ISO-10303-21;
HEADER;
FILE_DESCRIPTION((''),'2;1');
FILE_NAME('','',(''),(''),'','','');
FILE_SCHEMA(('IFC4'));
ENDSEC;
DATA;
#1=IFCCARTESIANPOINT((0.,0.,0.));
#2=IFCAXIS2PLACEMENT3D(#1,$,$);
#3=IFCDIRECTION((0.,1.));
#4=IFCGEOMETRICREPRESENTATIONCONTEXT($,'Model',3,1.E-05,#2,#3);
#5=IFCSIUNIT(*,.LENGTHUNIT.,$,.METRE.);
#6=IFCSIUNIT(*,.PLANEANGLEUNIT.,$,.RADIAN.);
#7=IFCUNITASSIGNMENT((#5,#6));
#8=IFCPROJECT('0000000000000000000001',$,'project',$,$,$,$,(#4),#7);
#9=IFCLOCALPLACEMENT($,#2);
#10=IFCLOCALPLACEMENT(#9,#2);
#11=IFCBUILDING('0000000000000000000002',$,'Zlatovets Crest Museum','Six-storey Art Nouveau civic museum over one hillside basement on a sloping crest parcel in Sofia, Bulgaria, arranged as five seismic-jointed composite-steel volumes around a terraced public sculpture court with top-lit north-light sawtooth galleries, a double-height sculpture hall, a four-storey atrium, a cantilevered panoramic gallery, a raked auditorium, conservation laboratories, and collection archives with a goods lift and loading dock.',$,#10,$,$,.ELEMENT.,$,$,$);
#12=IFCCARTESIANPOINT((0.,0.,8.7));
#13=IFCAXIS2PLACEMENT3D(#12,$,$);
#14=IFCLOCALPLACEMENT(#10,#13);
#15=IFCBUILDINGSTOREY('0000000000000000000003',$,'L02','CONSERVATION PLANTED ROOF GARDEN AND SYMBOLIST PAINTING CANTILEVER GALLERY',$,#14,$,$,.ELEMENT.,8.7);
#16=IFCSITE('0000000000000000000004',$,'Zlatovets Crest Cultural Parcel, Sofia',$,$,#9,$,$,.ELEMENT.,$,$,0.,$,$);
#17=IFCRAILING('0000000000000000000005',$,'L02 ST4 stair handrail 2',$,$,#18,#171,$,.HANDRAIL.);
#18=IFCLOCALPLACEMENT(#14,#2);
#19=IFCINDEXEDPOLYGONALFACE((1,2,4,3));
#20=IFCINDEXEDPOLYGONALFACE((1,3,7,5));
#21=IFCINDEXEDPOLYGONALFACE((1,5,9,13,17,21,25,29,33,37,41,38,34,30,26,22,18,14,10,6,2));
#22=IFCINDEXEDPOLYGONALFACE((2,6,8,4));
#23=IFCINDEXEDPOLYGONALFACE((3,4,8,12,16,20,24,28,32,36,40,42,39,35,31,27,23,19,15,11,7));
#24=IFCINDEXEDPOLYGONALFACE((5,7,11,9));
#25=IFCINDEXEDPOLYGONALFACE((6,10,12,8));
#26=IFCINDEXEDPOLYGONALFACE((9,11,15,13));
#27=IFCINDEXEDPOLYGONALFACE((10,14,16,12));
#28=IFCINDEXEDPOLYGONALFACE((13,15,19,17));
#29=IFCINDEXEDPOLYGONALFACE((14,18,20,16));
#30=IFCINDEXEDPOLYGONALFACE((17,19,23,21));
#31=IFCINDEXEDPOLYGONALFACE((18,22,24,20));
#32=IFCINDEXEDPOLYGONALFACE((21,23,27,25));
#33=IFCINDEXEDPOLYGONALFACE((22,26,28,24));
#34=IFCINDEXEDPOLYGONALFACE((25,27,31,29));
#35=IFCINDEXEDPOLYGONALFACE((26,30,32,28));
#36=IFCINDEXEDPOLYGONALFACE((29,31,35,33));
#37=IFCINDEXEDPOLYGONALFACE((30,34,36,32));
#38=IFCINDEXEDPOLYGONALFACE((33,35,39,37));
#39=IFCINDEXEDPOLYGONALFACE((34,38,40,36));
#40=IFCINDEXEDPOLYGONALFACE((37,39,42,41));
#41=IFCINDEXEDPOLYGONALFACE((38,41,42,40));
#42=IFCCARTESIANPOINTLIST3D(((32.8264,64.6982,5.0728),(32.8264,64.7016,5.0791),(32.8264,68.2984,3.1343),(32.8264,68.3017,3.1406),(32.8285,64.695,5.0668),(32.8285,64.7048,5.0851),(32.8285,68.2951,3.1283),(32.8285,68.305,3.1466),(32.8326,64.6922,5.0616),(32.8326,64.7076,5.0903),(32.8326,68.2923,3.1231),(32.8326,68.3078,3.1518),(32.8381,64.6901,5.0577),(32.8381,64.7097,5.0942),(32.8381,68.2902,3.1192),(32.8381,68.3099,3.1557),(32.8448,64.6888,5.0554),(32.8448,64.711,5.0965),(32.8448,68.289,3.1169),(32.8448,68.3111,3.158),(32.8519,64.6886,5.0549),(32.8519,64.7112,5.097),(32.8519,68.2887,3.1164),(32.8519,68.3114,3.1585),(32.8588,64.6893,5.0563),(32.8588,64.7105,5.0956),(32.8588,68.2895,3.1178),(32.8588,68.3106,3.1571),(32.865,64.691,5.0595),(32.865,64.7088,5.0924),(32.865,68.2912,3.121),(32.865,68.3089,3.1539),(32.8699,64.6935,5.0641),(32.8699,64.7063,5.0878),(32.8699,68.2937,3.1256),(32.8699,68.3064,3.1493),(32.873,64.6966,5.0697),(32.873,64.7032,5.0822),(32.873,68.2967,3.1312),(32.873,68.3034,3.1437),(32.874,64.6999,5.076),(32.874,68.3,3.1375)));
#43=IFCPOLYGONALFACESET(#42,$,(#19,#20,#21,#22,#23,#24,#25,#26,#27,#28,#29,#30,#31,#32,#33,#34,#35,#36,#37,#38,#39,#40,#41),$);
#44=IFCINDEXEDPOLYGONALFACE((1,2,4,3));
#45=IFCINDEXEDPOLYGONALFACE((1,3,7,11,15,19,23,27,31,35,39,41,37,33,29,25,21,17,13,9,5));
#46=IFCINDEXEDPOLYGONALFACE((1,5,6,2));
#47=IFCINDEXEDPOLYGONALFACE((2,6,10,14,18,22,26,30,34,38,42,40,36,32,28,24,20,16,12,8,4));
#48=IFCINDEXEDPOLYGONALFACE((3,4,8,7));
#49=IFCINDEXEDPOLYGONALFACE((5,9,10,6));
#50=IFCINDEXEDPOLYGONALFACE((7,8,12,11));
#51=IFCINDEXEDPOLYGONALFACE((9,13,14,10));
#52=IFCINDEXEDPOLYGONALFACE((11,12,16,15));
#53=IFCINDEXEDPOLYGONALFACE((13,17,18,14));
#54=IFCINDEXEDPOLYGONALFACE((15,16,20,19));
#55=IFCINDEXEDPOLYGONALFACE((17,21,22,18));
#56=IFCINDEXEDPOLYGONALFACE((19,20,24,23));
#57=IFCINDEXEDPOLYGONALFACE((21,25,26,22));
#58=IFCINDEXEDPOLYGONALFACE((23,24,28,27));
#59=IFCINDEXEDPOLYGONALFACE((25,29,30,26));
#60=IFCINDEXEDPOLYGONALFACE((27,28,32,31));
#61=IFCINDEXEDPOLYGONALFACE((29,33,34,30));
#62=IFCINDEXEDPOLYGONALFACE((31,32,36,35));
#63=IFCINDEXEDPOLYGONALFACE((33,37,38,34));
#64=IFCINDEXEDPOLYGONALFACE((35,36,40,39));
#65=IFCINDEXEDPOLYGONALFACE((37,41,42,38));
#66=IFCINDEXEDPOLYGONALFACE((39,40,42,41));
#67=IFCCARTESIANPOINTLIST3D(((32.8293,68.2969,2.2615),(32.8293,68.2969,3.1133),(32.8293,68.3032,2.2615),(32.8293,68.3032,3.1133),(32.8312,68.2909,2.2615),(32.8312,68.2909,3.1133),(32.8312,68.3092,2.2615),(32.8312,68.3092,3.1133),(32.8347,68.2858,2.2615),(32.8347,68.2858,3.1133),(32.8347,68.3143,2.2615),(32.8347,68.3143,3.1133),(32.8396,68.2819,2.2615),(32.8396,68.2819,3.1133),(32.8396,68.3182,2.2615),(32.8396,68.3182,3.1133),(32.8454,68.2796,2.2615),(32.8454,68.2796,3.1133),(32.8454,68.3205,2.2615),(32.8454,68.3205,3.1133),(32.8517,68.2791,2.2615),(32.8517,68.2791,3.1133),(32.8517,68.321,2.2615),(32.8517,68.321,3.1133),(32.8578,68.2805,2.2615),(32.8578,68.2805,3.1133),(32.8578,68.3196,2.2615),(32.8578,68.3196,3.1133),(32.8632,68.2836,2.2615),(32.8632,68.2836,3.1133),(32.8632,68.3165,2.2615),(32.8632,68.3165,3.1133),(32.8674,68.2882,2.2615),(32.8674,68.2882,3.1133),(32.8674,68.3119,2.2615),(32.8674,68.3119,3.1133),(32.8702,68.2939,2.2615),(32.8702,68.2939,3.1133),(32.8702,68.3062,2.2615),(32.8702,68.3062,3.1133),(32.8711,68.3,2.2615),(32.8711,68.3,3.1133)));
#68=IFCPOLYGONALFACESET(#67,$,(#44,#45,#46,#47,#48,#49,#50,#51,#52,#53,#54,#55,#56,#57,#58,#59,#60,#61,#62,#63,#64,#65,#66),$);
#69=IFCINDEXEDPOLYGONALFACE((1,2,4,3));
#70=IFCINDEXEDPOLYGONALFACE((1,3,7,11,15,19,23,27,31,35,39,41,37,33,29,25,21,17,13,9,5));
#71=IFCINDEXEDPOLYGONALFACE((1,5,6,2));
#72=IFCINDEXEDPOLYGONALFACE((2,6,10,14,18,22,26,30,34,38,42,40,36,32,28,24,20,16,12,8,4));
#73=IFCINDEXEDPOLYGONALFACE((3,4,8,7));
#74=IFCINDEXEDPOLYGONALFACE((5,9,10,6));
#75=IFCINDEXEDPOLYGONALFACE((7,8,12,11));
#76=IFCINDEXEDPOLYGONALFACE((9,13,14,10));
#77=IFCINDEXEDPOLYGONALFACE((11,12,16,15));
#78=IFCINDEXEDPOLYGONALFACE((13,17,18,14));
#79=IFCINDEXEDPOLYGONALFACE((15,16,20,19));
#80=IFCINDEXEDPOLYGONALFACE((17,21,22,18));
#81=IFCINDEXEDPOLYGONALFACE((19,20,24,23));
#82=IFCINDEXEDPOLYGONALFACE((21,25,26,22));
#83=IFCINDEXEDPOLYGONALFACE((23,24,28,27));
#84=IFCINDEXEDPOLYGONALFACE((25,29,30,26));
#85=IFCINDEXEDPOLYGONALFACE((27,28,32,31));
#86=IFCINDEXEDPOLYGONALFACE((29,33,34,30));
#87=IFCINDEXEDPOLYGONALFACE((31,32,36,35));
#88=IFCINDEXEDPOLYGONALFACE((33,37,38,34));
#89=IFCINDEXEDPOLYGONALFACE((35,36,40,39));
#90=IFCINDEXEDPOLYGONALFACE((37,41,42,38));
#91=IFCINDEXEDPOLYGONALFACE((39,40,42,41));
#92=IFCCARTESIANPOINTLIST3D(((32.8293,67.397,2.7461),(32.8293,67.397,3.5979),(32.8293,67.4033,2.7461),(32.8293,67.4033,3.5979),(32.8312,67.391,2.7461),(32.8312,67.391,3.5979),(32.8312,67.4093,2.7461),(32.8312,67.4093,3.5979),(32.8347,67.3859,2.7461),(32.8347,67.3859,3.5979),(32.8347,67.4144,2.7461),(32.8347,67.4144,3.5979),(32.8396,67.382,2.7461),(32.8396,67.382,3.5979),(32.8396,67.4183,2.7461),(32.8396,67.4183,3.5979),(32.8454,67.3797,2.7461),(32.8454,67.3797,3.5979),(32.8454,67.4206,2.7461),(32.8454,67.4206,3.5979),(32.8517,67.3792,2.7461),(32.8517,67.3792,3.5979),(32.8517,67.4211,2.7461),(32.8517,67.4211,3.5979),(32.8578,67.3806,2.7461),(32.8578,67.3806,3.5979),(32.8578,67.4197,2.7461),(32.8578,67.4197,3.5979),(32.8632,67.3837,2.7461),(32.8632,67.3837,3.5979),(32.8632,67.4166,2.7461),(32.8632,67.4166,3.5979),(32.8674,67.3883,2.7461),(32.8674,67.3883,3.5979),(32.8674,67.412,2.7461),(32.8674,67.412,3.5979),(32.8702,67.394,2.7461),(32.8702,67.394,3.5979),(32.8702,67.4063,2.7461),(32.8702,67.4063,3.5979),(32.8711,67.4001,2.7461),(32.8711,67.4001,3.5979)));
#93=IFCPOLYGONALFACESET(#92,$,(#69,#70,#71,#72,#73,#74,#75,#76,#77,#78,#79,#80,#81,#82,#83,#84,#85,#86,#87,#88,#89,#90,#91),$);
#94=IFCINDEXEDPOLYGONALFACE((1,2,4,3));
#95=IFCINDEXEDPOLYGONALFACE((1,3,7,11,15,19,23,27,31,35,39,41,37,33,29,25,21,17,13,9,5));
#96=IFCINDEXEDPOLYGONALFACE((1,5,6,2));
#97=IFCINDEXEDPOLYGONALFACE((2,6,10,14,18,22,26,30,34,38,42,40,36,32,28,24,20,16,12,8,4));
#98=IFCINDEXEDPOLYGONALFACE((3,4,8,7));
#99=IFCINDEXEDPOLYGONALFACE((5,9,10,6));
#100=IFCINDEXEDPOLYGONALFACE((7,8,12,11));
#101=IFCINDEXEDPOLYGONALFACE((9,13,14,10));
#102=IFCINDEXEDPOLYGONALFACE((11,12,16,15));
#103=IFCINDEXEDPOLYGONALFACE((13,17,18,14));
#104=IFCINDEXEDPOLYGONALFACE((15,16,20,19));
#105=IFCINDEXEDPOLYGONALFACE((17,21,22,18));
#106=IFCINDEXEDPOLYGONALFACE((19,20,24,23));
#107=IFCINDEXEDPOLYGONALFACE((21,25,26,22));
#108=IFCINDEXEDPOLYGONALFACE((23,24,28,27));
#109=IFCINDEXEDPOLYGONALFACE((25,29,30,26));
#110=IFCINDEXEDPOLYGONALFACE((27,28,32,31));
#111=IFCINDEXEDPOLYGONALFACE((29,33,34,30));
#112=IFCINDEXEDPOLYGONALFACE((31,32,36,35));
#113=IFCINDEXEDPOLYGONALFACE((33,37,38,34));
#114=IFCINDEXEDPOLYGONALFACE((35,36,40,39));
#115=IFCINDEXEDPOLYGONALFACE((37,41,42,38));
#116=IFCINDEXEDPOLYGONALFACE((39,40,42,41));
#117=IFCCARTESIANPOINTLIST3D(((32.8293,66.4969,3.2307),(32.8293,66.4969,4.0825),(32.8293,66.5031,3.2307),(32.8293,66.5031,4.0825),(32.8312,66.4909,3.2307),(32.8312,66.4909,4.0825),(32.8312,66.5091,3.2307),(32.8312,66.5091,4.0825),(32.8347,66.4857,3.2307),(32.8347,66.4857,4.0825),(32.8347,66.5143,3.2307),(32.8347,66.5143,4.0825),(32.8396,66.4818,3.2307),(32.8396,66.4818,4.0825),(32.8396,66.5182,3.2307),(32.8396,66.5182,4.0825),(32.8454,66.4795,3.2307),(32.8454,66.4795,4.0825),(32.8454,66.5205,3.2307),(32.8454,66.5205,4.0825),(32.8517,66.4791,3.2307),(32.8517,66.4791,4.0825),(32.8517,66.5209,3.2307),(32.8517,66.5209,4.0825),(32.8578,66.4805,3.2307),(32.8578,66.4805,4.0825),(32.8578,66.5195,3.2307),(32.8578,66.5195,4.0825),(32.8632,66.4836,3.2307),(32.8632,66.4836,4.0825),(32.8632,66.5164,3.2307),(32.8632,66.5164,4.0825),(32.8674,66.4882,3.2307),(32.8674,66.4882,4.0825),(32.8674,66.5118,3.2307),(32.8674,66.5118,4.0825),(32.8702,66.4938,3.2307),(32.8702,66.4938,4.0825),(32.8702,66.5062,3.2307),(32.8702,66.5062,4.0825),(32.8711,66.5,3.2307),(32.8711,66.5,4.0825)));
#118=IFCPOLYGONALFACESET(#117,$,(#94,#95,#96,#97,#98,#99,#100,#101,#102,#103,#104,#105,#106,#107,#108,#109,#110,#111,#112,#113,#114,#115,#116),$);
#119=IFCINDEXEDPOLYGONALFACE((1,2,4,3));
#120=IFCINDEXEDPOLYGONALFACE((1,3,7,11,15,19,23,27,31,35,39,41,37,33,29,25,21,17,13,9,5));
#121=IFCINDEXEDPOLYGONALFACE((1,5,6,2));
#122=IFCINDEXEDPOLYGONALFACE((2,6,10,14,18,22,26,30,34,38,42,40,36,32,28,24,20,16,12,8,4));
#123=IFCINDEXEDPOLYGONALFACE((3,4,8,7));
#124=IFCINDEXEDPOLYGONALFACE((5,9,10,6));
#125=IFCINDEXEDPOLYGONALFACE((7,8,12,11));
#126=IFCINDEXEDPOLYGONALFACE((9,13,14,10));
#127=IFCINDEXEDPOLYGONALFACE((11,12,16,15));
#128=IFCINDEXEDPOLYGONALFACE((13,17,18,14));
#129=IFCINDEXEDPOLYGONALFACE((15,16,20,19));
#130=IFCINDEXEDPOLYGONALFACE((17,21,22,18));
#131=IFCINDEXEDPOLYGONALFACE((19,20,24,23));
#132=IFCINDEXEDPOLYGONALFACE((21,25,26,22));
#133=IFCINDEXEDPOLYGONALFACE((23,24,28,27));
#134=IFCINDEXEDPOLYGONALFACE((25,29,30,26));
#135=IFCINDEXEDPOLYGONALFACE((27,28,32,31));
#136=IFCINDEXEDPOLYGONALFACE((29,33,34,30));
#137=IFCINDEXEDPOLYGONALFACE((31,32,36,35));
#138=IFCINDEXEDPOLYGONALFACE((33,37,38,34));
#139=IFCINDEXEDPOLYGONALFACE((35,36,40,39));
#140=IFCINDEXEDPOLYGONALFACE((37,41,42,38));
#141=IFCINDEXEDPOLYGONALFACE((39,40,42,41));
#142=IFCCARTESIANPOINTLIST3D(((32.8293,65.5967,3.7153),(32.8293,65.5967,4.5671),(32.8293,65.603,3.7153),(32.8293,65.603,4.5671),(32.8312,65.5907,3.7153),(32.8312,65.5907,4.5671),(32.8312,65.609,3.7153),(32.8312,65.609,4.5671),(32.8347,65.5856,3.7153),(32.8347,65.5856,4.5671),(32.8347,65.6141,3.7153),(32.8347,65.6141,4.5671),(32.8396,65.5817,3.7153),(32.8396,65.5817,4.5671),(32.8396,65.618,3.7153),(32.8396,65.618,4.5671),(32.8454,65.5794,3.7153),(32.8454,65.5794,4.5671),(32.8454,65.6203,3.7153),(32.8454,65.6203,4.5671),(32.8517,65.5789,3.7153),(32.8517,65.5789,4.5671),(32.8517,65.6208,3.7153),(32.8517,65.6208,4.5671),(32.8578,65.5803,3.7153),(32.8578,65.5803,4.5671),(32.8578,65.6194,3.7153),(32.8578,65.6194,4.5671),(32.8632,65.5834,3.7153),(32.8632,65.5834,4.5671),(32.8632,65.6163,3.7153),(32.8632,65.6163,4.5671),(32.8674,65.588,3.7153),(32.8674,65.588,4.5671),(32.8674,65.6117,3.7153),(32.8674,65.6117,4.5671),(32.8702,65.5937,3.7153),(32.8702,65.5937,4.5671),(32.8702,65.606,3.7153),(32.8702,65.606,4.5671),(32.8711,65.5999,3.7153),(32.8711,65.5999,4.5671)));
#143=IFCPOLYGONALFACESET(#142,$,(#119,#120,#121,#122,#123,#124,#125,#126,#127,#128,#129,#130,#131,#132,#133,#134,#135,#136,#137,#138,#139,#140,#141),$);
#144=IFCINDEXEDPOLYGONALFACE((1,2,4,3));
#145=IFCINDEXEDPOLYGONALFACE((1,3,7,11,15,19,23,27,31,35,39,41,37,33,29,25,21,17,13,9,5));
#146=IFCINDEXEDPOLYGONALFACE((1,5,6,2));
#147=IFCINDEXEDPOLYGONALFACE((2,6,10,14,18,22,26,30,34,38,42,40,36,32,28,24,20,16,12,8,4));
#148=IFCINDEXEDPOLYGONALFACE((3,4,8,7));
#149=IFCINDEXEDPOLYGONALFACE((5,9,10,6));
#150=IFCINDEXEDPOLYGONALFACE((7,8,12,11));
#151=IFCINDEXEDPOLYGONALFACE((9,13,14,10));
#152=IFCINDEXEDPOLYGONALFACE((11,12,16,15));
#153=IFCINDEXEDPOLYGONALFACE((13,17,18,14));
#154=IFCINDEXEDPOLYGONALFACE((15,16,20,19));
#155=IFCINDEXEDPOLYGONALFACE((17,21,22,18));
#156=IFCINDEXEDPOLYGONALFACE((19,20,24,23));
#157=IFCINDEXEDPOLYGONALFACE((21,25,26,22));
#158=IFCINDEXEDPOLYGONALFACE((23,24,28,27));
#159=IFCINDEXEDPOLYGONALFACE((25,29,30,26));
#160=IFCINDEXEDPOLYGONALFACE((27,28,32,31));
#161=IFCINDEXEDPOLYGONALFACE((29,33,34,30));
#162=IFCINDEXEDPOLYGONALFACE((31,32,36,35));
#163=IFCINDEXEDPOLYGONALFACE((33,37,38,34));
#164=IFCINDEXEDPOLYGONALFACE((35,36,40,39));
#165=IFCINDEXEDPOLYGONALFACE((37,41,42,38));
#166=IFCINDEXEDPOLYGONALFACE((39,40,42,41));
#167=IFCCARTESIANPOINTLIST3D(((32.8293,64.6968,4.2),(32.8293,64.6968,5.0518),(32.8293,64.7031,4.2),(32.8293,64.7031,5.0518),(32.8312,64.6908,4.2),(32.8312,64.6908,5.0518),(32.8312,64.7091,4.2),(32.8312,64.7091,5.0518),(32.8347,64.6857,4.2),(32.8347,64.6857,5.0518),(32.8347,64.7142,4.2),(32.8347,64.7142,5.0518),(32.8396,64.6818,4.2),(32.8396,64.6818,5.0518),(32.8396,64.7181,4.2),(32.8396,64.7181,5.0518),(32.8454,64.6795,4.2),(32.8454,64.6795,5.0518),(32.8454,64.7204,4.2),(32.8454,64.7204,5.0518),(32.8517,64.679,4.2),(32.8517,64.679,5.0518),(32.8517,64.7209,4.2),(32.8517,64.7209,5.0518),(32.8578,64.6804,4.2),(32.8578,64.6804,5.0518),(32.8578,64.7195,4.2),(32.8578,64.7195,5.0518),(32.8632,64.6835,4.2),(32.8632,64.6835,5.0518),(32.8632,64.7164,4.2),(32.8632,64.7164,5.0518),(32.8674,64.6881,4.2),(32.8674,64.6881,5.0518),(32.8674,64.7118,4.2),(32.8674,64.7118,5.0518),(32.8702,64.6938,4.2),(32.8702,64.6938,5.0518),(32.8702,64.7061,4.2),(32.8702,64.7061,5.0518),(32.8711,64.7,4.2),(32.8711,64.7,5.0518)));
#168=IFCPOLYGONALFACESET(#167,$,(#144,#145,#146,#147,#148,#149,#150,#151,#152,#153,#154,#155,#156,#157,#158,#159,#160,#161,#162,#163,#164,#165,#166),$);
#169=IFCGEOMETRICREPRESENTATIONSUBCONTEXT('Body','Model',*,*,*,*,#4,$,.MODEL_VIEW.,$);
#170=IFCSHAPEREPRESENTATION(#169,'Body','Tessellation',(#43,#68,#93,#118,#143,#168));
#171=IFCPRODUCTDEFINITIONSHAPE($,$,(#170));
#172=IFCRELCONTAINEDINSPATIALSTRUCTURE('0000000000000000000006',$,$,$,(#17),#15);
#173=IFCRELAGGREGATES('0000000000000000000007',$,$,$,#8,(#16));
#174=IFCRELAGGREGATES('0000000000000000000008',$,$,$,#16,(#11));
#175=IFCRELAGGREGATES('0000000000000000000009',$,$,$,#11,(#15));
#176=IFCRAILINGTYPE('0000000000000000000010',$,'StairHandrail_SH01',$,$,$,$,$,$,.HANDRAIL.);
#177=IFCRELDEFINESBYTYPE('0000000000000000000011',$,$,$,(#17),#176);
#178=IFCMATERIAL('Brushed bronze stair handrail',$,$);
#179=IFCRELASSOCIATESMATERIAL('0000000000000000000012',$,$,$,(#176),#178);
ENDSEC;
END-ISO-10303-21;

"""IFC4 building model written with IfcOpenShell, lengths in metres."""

from ifc_helpers import new_model, si_unit, direction, frame, origin, origin_2d, place, context, subcontext, project, spatial, circle, extrude, material, type_object, element, save


model = new_model("IFC4")

# Units and contexts
model_context = context("Model", 3, precision=1e-05, world=origin(), true_north=direction((0.0, 1.0)))
body_context = subcontext(model_context, "Body", "Model", "MODEL_VIEW")
ifc_project = project(units=[si_unit("LENGTHUNIT", "METRE"), si_unit("PLANEANGLEUNIT", "RADIAN")], contexts=[model_context])

# Site, building, storey
site_placement = place(None, origin())
site = spatial("IfcSite", under=ifc_project, at=site_placement, Name="Zlatovets Crest Cultural Parcel, Sofia", CompositionType="ELEMENT", RefElevation=0.0)
building_placement = place(site_placement, origin())
building = spatial("IfcBuilding", under=site, at=building_placement, Name="Zlatovets Crest Museum", Description="Six-storey Art Nouveau civic museum over one hillside basement on a sloping crest parcel in Sofia, Bulgaria, arranged as five seismic-jointed composite-steel volumes around a terraced public sculpture court with top-lit north-light sawtooth galleries, a double-height sculpture hall, a four-storey atrium, a cantilevered panoramic gallery, a raked auditorium, conservation laboratories, and collection archives with a goods lift and loading dock.", CompositionType="ELEMENT")
storey_placement = place(building_placement, frame((0.0, 0.0, 8.7)))
storey = spatial("IfcBuildingStorey", under=building, at=storey_placement, Name="L02", Description="CONSERVATION PLANTED ROOF GARDEN AND SYMBOLIST PAINTING CANTILEVER GALLERY", CompositionType="ELEMENT", Elevation=8.7)

# Railing
ifc_material_1 = material(Name="Brushed bronze stair handrail")
railing_type_1 = type_object("IfcRailingType", Name="StairHandrail_SH01", PredefinedType="HANDRAIL", material=ifc_material_1)
railing_1_placement = place(storey_placement, frame((32.8501, 68.3, 2.2615)))
element("IfcRailing", 1, at=railing_1_placement, inside=storey, type_object=railing_type_1, Name="L02 ST4 stair handrail 2", PredefinedType="HANDRAIL", context=body_context, shape_type="SweptSolid", body=[
    extrude(circle(Radius=0.0239, at=origin_2d()), frame((0.0, 0.0, 0.876), z_axis=(0.0, -0.880475, 0.474093), x_axis=(1.0, 0.0, 0.0)), (0.0, 0.0, 1.0), 4.0889),
    extrude(circle(Radius=0.021, at=origin_2d()), origin(), (0.0, 0.0, 1.0), 0.8518),
    extrude(circle(Radius=0.021, at=origin_2d()), frame((0.0, -0.8999, 0.4846)), (0.0, 0.0, 1.0), 0.8518),
    extrude(circle(Radius=0.021, at=origin_2d()), frame((0.0, -1.8, 0.9692)), (0.0, 0.0, 1.0), 0.8518),
    extrude(circle(Radius=0.021, at=origin_2d()), frame((0.0, -2.7002, 1.4539)), (0.0, 0.0, 1.0), 0.8518),
    extrude(circle(Radius=0.021, at=origin_2d()), frame((0.0, -3.6001, 1.9385)), (0.0, 0.0, 1.0), 0.8518),
])

save(model, "model.ifc")
